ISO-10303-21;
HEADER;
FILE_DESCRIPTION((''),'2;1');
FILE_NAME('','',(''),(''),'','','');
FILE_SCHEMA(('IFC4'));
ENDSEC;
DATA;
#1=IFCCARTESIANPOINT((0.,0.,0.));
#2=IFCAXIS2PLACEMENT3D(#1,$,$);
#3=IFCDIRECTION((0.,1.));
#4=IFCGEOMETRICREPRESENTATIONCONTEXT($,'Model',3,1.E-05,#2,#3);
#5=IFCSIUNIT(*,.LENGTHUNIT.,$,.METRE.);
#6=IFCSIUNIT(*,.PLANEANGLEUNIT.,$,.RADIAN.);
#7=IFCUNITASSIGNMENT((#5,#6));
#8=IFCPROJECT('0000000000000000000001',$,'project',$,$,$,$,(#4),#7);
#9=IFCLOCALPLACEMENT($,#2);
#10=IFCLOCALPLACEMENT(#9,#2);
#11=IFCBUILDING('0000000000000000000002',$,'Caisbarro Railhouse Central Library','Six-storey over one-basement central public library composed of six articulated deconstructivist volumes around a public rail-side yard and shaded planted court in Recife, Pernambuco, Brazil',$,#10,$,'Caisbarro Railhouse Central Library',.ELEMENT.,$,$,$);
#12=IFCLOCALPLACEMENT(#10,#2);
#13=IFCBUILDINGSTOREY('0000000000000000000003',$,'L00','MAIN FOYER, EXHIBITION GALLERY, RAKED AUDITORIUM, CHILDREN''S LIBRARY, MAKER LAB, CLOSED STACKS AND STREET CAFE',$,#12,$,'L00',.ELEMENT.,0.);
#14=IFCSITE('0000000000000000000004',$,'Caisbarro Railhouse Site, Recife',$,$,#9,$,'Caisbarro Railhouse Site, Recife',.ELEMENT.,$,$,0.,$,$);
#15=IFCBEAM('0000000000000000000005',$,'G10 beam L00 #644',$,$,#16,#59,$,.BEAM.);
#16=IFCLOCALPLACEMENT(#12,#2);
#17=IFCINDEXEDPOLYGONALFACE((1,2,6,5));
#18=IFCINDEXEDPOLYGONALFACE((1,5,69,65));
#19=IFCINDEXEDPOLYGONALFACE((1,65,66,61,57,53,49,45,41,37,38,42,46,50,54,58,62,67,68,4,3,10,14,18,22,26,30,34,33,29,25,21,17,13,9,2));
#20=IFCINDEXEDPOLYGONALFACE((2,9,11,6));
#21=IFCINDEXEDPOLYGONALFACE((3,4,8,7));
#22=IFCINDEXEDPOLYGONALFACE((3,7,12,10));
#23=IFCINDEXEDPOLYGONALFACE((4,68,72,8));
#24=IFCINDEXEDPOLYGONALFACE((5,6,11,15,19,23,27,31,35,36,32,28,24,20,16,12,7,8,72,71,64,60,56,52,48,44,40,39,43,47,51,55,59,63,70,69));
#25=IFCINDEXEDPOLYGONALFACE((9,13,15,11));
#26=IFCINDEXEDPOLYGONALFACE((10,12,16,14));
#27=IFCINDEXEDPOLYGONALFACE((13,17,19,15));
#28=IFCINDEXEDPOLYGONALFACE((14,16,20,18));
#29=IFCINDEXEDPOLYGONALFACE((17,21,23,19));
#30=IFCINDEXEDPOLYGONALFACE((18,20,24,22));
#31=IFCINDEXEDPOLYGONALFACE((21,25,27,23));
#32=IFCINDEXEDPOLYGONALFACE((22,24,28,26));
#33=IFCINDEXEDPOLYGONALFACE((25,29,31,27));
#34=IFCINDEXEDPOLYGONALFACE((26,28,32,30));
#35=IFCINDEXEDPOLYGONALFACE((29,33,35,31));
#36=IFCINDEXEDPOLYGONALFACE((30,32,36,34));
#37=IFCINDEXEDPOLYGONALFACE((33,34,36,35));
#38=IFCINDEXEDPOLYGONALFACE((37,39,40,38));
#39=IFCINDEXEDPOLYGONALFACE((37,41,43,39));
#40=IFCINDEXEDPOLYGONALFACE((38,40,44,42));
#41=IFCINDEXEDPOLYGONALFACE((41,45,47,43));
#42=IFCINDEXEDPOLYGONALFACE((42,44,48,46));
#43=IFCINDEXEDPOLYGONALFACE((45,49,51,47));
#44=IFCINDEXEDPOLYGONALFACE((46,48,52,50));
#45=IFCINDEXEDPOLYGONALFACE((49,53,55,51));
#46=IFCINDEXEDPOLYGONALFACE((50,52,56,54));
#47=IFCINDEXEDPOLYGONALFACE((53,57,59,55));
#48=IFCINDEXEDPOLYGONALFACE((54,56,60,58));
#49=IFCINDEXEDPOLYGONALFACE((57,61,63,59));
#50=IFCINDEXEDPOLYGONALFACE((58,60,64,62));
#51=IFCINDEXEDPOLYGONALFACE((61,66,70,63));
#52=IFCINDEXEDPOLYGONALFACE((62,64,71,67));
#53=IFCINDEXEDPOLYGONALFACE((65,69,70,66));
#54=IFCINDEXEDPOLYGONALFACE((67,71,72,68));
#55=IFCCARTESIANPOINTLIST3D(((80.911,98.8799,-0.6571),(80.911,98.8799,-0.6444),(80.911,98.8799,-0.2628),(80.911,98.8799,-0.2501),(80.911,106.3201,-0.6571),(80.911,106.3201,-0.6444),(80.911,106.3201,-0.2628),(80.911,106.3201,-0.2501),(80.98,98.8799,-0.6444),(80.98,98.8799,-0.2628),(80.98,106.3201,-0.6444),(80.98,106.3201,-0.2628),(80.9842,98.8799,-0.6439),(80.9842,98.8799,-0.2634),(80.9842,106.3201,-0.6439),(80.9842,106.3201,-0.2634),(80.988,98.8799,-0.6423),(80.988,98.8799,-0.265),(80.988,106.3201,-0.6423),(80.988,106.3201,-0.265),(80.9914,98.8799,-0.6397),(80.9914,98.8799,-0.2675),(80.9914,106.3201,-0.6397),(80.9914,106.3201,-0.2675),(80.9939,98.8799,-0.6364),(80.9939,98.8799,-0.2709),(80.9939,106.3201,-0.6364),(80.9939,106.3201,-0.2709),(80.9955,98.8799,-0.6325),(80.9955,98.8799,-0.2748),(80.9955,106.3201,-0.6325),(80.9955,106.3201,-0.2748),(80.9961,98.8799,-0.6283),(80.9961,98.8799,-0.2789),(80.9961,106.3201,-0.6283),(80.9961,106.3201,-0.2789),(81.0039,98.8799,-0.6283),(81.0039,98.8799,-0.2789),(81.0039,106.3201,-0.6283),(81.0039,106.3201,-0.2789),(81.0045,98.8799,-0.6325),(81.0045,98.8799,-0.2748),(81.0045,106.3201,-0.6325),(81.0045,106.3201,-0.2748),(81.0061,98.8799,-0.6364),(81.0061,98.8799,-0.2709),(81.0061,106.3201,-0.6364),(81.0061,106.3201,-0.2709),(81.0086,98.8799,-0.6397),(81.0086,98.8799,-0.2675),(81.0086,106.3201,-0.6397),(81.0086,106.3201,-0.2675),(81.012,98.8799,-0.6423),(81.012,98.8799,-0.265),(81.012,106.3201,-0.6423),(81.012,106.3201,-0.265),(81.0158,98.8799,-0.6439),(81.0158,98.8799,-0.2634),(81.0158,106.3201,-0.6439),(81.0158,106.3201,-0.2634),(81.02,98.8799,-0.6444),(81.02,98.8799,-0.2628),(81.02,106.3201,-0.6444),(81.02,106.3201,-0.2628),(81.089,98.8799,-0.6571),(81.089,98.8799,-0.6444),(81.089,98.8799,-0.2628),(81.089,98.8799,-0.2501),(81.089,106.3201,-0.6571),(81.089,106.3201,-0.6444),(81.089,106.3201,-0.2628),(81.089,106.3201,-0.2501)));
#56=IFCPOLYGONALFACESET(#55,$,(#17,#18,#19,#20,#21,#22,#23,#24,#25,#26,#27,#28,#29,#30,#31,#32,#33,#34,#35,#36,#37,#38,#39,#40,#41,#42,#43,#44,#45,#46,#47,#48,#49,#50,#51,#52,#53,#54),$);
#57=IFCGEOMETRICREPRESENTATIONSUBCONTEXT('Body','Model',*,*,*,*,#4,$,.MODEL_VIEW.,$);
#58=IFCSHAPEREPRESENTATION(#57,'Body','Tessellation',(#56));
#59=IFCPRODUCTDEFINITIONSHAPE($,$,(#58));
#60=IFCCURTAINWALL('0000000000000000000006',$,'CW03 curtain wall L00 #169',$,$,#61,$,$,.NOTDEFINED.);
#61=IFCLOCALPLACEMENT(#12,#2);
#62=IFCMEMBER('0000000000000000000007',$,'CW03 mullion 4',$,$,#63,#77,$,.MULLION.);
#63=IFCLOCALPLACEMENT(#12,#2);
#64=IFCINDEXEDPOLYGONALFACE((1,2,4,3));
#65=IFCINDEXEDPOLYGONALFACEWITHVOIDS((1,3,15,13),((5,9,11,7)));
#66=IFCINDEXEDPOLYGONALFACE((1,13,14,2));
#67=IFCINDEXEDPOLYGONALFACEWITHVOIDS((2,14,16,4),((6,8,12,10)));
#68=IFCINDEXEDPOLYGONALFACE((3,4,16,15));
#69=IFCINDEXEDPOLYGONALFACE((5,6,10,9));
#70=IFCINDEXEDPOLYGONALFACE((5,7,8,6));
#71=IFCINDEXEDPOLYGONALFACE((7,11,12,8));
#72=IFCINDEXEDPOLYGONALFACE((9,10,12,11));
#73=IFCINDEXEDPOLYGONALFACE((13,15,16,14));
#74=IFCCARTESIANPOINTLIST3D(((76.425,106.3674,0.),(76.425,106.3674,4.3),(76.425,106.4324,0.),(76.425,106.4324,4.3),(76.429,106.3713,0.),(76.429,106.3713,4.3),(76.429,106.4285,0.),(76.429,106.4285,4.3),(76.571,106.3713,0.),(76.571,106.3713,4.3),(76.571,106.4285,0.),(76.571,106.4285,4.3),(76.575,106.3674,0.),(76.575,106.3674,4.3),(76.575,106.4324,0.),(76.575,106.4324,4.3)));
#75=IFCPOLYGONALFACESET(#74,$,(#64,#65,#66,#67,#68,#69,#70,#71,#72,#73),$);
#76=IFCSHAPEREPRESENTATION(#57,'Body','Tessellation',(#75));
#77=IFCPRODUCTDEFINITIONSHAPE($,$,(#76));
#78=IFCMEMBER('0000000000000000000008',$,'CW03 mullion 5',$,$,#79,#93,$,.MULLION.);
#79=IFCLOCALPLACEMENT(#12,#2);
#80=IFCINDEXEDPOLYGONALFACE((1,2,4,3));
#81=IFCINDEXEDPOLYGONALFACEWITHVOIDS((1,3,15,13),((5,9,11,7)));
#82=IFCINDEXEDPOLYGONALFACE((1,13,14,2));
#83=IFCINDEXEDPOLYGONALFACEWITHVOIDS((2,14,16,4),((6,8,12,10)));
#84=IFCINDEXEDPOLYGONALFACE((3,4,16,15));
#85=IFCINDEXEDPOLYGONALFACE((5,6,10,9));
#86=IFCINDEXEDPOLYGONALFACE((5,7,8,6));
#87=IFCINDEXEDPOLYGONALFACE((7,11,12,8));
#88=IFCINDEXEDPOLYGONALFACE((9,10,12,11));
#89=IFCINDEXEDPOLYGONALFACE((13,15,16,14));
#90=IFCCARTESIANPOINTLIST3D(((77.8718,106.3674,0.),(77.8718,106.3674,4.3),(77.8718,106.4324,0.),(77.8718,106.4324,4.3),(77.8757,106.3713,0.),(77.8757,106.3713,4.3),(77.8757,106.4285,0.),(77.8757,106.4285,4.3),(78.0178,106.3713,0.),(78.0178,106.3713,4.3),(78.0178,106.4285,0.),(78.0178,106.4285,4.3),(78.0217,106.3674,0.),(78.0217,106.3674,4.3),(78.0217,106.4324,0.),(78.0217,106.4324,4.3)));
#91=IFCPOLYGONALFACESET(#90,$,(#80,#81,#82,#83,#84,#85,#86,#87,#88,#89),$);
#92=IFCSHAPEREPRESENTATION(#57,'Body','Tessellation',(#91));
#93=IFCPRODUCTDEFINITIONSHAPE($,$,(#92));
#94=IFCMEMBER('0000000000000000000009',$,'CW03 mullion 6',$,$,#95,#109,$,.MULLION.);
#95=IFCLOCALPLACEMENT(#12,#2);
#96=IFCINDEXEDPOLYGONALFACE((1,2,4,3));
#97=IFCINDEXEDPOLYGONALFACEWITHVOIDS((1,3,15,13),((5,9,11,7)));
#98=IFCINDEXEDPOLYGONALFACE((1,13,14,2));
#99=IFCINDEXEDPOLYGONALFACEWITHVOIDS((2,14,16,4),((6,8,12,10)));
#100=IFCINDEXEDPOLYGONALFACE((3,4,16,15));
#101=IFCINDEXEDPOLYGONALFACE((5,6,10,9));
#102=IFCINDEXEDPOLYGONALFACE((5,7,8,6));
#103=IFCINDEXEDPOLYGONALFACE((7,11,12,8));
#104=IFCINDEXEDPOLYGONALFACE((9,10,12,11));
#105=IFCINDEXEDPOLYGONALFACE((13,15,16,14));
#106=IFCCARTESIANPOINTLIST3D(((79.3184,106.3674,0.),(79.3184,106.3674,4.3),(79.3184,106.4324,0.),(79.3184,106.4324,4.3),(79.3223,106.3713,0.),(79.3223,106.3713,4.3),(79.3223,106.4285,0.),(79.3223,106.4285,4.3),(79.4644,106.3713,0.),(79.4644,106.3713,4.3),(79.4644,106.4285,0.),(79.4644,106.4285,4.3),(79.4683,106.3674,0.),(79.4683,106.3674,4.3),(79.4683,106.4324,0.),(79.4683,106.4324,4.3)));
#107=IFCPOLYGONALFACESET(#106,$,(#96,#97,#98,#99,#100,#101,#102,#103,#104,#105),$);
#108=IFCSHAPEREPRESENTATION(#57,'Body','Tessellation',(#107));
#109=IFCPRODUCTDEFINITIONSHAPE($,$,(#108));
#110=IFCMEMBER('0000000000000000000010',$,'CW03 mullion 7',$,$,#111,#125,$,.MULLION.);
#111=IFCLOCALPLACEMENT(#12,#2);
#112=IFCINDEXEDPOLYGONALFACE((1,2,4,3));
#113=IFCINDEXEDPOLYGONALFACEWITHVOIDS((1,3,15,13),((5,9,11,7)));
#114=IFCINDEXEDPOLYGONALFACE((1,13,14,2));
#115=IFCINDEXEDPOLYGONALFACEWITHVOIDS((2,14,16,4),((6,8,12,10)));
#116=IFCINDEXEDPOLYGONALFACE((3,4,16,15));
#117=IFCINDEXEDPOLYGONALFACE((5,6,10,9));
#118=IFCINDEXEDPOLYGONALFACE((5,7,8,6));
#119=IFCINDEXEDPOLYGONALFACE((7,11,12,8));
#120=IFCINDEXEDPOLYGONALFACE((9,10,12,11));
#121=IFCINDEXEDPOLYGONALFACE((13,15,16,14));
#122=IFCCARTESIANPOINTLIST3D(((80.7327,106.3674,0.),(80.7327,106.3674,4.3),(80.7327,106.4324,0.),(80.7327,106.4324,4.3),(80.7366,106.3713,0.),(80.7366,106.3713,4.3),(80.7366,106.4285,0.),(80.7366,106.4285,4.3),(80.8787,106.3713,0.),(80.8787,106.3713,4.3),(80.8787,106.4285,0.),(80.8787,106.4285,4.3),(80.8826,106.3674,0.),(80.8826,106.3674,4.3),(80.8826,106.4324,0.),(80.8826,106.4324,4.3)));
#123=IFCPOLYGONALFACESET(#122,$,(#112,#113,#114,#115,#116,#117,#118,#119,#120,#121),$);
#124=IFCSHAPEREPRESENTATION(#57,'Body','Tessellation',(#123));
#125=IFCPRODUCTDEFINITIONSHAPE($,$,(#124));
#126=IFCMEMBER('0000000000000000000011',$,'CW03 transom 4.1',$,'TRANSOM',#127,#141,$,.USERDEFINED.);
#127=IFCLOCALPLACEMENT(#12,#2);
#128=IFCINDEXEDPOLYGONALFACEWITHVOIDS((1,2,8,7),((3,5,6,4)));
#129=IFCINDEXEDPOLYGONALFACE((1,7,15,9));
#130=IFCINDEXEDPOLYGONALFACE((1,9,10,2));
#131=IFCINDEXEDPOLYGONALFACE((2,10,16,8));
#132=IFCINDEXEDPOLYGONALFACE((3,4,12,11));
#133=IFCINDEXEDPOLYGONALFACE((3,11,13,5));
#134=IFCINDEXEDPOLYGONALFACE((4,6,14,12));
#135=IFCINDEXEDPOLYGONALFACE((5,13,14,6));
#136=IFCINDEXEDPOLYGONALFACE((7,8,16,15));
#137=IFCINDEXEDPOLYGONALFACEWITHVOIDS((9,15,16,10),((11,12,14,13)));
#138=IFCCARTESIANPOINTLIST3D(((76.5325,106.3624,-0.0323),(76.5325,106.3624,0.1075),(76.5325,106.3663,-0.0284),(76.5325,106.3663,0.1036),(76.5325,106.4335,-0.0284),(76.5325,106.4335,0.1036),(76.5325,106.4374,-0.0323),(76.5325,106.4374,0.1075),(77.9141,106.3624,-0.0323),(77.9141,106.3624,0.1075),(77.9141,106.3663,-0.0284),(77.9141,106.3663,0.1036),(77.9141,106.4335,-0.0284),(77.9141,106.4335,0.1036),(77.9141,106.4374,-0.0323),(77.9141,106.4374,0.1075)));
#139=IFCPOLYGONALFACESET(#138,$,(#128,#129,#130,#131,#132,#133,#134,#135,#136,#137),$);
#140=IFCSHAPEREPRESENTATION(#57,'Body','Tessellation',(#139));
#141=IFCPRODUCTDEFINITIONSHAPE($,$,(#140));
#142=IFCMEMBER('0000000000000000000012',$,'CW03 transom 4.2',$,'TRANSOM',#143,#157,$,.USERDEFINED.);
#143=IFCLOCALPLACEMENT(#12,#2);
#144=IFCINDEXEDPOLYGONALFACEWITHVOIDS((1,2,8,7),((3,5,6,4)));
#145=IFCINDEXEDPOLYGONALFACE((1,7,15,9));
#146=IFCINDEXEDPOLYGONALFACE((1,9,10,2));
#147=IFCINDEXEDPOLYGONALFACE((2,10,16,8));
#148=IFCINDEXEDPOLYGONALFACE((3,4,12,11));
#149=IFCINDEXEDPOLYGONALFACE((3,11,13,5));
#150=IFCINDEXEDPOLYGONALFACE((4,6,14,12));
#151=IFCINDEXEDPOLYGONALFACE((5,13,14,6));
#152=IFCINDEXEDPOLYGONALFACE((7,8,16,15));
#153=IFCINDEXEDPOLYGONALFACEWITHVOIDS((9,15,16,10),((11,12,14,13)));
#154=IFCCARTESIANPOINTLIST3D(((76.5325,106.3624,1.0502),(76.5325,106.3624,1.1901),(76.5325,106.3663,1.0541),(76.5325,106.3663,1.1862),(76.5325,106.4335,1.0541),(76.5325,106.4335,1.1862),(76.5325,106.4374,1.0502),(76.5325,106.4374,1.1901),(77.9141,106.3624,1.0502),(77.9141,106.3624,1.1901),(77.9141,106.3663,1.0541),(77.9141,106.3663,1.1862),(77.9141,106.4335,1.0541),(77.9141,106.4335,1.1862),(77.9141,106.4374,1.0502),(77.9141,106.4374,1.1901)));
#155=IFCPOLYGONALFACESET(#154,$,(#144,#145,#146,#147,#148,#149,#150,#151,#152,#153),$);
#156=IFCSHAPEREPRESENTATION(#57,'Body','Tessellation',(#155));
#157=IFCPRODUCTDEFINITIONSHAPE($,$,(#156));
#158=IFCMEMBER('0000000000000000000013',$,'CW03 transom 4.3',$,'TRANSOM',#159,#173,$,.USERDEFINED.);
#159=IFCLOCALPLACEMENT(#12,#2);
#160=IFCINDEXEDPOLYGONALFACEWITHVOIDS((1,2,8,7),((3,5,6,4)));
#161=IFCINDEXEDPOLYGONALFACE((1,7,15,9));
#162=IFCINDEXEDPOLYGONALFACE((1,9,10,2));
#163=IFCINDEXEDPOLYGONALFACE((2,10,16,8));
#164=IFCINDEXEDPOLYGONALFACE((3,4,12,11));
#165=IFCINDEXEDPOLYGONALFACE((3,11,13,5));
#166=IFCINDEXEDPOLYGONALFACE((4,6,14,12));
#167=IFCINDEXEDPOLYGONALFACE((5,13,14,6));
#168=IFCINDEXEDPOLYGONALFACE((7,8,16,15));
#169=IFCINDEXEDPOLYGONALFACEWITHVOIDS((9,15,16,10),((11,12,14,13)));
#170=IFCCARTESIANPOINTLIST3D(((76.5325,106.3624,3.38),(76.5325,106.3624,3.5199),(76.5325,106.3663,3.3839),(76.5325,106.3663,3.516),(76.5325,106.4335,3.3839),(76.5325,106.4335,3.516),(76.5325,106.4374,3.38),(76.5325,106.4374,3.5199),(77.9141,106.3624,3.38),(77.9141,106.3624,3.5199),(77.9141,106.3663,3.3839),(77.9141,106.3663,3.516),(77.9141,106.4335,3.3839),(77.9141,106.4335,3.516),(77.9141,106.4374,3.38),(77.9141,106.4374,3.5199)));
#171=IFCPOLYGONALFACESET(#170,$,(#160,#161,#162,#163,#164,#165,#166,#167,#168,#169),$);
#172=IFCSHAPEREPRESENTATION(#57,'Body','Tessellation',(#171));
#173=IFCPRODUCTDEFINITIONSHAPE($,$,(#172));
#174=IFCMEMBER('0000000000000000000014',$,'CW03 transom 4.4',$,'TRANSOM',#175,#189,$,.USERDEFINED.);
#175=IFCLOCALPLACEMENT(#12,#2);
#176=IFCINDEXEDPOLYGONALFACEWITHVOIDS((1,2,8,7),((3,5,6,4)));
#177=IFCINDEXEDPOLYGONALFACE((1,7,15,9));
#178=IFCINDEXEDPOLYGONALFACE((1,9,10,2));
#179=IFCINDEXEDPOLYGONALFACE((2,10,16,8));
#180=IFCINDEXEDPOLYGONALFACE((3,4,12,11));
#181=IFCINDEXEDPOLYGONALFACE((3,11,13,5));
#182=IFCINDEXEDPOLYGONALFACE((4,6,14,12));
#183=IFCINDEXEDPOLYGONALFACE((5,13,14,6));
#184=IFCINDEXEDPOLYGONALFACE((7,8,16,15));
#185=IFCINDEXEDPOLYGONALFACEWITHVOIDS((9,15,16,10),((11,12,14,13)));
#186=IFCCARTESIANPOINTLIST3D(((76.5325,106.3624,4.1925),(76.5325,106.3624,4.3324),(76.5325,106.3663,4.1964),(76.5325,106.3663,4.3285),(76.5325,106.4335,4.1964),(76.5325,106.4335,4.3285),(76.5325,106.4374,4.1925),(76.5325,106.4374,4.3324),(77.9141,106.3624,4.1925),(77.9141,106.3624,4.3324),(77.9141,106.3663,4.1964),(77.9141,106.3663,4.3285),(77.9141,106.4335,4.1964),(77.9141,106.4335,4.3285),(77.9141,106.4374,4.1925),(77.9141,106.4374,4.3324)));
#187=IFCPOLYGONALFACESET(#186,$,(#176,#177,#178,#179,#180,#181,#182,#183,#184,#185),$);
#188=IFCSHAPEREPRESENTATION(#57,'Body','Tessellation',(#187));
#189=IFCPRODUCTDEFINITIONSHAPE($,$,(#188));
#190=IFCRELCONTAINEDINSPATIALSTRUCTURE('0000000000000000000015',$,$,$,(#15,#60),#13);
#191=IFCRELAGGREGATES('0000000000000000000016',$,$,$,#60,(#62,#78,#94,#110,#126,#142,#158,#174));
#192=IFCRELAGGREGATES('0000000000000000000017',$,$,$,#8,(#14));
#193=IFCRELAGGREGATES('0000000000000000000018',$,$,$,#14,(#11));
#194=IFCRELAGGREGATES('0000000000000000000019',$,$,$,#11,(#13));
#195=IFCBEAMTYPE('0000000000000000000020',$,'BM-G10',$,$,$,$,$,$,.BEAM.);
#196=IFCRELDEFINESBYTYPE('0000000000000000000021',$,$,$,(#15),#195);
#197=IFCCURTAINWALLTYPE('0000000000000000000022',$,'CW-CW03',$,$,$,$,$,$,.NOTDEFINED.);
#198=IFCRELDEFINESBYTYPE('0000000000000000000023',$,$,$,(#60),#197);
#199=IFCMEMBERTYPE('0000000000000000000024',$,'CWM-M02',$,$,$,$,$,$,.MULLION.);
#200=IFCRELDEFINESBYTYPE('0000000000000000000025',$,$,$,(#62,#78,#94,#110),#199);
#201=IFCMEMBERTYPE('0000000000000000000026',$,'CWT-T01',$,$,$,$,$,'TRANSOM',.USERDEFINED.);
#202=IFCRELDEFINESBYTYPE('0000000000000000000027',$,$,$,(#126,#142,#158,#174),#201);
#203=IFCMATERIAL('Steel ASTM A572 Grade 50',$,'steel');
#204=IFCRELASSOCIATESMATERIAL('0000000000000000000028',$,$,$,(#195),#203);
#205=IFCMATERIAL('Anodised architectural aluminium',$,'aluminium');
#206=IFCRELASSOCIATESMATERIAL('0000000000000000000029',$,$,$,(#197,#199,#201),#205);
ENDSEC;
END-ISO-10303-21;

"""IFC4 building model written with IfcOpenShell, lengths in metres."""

from ifc_helpers import new_model, si_unit, direction, frame, origin, origin_2d, place, context, subcontext, project, spatial, hollow_rectangle, i_section, extrude, material, material_profile, profile_set, type_object, element, aggregate, save


model = new_model("IFC4")

# Units and contexts
model_context = context("Model", 3, precision=1e-05, world=origin(), true_north=direction((0.0, 1.0)))
body_context = subcontext(model_context, "Body", "Model", "MODEL_VIEW")
ifc_project = project(units=[si_unit("LENGTHUNIT", "METRE"), si_unit("PLANEANGLEUNIT", "RADIAN")], contexts=[model_context])

# Site, building, storey
site_placement = place(None, origin())
site = spatial("IfcSite", under=ifc_project, at=site_placement, Name="Caisbarro Railhouse Site, Recife", LongName="Caisbarro Railhouse Site, Recife", CompositionType="ELEMENT", RefElevation=0.0)
building_placement = place(site_placement, origin())
building = spatial("IfcBuilding", under=site, at=building_placement, Name="Caisbarro Railhouse Central Library", Description="Six-storey over one-basement central public library composed of six articulated deconstructivist volumes around a public rail-side yard and shaded planted court in Recife, Pernambuco, Brazil", LongName="Caisbarro Railhouse Central Library", CompositionType="ELEMENT")
storey_placement = place(building_placement, origin())
storey = spatial("IfcBuildingStorey", under=building, at=storey_placement, Name="L00", Description="MAIN FOYER, EXHIBITION GALLERY, RAKED AUDITORIUM, CHILDREN'S LIBRARY, MAKER LAB, CLOSED STACKS AND STREET CAFE", LongName="L00", CompositionType="ELEMENT", Elevation=0.0)

# Beam
ifc_material_1 = material(Name="Steel ASTM A572 Grade 50", Category="steel")
ifc_material_profile_1 = material_profile(ifc_material_1, i_section(OverallWidth=0.178, OverallDepth=0.407, WebThickness=0.0078, FlangeThickness=0.0127, FilletRadius=0.0161, at=origin_2d()), Name="W410X60.0")
ifc_profile_set_1 = profile_set([ifc_material_profile_1], Name="Steel ASTM A572 Grade 50")
beam_type = type_object("IfcBeamType", Name="BM-G10", PredefinedType="BEAM", material=ifc_profile_set_1)
beam_placement = place(storey_placement, frame((81.0, 98.8799, -0.4536), z_axis=(0.0, 1.0, 0.0), x_axis=(-1.0, 0.0, 0.0)))
element("IfcBeam", 1, at=beam_placement, inside=storey, type_object=beam_type, Name="G10 beam L00 #644", PredefinedType="BEAM", context=body_context, shape_type="SweptSolid", body=[
    extrude(i_section(OverallWidth=0.178, OverallDepth=0.407, WebThickness=0.0078, FlangeThickness=0.0127, FilletRadius=0.0161, at=origin_2d()), origin(), (0.0, 0.0, 1.0), 7.4402),
])

# Curtain wall, members
ifc_material_2 = material(Name="Anodised architectural aluminium", Category="aluminium")
curtain_wall_type = type_object("IfcCurtainWallType", Name="CW-CW03", PredefinedType="NOTDEFINED", material=ifc_material_2)
curtain_wall_placement = place(storey_placement, origin())
curtain_wall = element("IfcCurtainWall", 2, at=curtain_wall_placement, inside=storey, type_object=curtain_wall_type, Name="CW03 curtain wall L00 #169", PredefinedType="NOTDEFINED")
ifc_material_profile_2 = material_profile(ifc_material_2, hollow_rectangle(XDim=0.0649, YDim=0.1499, WallThickness=0.0039, at=origin_2d()), Name="ALU-MUL-65X150")
ifc_profile_set_2 = profile_set([ifc_material_profile_2], Name="Anodised architectural aluminium")
member_type_1 = type_object("IfcMemberType", Name="CWM-M02", PredefinedType="MULLION", material=ifc_profile_set_2)
member_1_placement = place(storey_placement, frame((76.5, 106.3999, 0.0), z_axis=(0.0, 0.0, 1.0), x_axis=(0.0, 1.0, 0.0)))
member_1 = element("IfcMember", 3, at=member_1_placement, type_object=member_type_1, Name="CW03 mullion 4", PredefinedType="MULLION", context=body_context, shape_type="SweptSolid", body=[
    extrude(hollow_rectangle(XDim=0.0649, YDim=0.1499, WallThickness=0.0039, at=origin_2d()), origin(), (0.0, 0.0, 1.0), 4.3),
])
member_2_placement = place(storey_placement, frame((77.9468, 106.3999, 0.0), z_axis=(0.0, 0.0, 1.0), x_axis=(0.0, 1.0, 0.0)))
member_2 = element("IfcMember", 4, at=member_2_placement, type_object=member_type_1, Name="CW03 mullion 5", PredefinedType="MULLION", context=body_context, shape_type="SweptSolid", body=[
    extrude(hollow_rectangle(XDim=0.0649, YDim=0.1499, WallThickness=0.0039, at=origin_2d()), origin(), (0.0, 0.0, 1.0), 4.3),
])
member_3_placement = place(storey_placement, frame((79.3933, 106.3999, 0.0), z_axis=(0.0, 0.0, 1.0), x_axis=(0.0, 1.0, 0.0)))
member_3 = element("IfcMember", 5, at=member_3_placement, type_object=member_type_1, Name="CW03 mullion 6", PredefinedType="MULLION", context=body_context, shape_type="SweptSolid", body=[
    extrude(hollow_rectangle(XDim=0.0649, YDim=0.1499, WallThickness=0.0039, at=origin_2d()), origin(), (0.0, 0.0, 1.0), 4.3),
])
member_4_placement = place(storey_placement, frame((80.8076, 106.3999, 0.0), z_axis=(0.0, 0.0, 1.0), x_axis=(0.0, 1.0, 0.0)))
member_4 = element("IfcMember", 6, at=member_4_placement, type_object=member_type_1, Name="CW03 mullion 7", PredefinedType="MULLION", context=body_context, shape_type="SweptSolid", body=[
    extrude(hollow_rectangle(XDim=0.0649, YDim=0.1499, WallThickness=0.0039, at=origin_2d()), origin(), (0.0, 0.0, 1.0), 4.3),
])
ifc_material_profile_3 = material_profile(ifc_material_2, hollow_rectangle(XDim=0.075, YDim=0.1399, WallThickness=0.0039, at=origin_2d()), Name="ALU-TRN-75X140")
ifc_profile_set_3 = profile_set([ifc_material_profile_3], Name="Anodised architectural aluminium")
member_type_2 = type_object("IfcMemberType", Name="CWT-T01", ElementType="TRANSOM", PredefinedType="USERDEFINED", material=ifc_profile_set_3)
member_5_placement = place(storey_placement, frame((76.5325, 106.3999, 0.0376), z_axis=(1.0, 0.0, 0.0), x_axis=(0.0, 1.0, 0.0)))
member_5 = element("IfcMember", 7, at=member_5_placement, type_object=member_type_2, Name="CW03 transom 4.1", ObjectType="TRANSOM", PredefinedType="USERDEFINED", context=body_context, shape_type="SweptSolid", body=[
    extrude(hollow_rectangle(XDim=0.075, YDim=0.1399, WallThickness=0.0039, at=origin_2d()), origin(), (0.0, 0.0, 1.0), 1.3816),
])
member_6_placement = place(storey_placement, frame((76.5325, 106.3999, 1.1201), z_axis=(1.0, 0.0, 0.0), x_axis=(0.0, 1.0, 0.0)))
member_6 = element("IfcMember", 8, at=member_6_placement, type_object=member_type_2, Name="CW03 transom 4.2", ObjectType="TRANSOM", PredefinedType="USERDEFINED", context=body_context, shape_type="SweptSolid", body=[
    extrude(hollow_rectangle(XDim=0.075, YDim=0.1399, WallThickness=0.0039, at=origin_2d()), origin(), (0.0, 0.0, 1.0), 1.3816),
])
member_7_placement = place(storey_placement, frame((76.5325, 106.3999, 3.45), z_axis=(1.0, 0.0, 0.0), x_axis=(0.0, 1.0, 0.0)))
member_7 = element("IfcMember", 9, at=member_7_placement, type_object=member_type_2, Name="CW03 transom 4.3", ObjectType="TRANSOM", PredefinedType="USERDEFINED", context=body_context, shape_type="SweptSolid", body=[
    extrude(hollow_rectangle(XDim=0.075, YDim=0.1399, WallThickness=0.0039, at=origin_2d()), origin(), (0.0, 0.0, 1.0), 1.3816),
])
member_8_placement = place(storey_placement, frame((76.5325, 106.3999, 4.2625), z_axis=(1.0, 0.0, 0.0), x_axis=(0.0, 1.0, 0.0)))
member_8 = element("IfcMember", 10, at=member_8_placement, type_object=member_type_2, Name="CW03 transom 4.4", ObjectType="TRANSOM", PredefinedType="USERDEFINED", context=body_context, shape_type="SweptSolid", body=[
    extrude(hollow_rectangle(XDim=0.075, YDim=0.1399, WallThickness=0.0039, at=origin_2d()), origin(), (0.0, 0.0, 1.0), 1.3816),
])
aggregate(curtain_wall, [member_1, member_2, member_3, member_4, member_5, member_6, member_7, member_8])

save(model, "model.ifc")
